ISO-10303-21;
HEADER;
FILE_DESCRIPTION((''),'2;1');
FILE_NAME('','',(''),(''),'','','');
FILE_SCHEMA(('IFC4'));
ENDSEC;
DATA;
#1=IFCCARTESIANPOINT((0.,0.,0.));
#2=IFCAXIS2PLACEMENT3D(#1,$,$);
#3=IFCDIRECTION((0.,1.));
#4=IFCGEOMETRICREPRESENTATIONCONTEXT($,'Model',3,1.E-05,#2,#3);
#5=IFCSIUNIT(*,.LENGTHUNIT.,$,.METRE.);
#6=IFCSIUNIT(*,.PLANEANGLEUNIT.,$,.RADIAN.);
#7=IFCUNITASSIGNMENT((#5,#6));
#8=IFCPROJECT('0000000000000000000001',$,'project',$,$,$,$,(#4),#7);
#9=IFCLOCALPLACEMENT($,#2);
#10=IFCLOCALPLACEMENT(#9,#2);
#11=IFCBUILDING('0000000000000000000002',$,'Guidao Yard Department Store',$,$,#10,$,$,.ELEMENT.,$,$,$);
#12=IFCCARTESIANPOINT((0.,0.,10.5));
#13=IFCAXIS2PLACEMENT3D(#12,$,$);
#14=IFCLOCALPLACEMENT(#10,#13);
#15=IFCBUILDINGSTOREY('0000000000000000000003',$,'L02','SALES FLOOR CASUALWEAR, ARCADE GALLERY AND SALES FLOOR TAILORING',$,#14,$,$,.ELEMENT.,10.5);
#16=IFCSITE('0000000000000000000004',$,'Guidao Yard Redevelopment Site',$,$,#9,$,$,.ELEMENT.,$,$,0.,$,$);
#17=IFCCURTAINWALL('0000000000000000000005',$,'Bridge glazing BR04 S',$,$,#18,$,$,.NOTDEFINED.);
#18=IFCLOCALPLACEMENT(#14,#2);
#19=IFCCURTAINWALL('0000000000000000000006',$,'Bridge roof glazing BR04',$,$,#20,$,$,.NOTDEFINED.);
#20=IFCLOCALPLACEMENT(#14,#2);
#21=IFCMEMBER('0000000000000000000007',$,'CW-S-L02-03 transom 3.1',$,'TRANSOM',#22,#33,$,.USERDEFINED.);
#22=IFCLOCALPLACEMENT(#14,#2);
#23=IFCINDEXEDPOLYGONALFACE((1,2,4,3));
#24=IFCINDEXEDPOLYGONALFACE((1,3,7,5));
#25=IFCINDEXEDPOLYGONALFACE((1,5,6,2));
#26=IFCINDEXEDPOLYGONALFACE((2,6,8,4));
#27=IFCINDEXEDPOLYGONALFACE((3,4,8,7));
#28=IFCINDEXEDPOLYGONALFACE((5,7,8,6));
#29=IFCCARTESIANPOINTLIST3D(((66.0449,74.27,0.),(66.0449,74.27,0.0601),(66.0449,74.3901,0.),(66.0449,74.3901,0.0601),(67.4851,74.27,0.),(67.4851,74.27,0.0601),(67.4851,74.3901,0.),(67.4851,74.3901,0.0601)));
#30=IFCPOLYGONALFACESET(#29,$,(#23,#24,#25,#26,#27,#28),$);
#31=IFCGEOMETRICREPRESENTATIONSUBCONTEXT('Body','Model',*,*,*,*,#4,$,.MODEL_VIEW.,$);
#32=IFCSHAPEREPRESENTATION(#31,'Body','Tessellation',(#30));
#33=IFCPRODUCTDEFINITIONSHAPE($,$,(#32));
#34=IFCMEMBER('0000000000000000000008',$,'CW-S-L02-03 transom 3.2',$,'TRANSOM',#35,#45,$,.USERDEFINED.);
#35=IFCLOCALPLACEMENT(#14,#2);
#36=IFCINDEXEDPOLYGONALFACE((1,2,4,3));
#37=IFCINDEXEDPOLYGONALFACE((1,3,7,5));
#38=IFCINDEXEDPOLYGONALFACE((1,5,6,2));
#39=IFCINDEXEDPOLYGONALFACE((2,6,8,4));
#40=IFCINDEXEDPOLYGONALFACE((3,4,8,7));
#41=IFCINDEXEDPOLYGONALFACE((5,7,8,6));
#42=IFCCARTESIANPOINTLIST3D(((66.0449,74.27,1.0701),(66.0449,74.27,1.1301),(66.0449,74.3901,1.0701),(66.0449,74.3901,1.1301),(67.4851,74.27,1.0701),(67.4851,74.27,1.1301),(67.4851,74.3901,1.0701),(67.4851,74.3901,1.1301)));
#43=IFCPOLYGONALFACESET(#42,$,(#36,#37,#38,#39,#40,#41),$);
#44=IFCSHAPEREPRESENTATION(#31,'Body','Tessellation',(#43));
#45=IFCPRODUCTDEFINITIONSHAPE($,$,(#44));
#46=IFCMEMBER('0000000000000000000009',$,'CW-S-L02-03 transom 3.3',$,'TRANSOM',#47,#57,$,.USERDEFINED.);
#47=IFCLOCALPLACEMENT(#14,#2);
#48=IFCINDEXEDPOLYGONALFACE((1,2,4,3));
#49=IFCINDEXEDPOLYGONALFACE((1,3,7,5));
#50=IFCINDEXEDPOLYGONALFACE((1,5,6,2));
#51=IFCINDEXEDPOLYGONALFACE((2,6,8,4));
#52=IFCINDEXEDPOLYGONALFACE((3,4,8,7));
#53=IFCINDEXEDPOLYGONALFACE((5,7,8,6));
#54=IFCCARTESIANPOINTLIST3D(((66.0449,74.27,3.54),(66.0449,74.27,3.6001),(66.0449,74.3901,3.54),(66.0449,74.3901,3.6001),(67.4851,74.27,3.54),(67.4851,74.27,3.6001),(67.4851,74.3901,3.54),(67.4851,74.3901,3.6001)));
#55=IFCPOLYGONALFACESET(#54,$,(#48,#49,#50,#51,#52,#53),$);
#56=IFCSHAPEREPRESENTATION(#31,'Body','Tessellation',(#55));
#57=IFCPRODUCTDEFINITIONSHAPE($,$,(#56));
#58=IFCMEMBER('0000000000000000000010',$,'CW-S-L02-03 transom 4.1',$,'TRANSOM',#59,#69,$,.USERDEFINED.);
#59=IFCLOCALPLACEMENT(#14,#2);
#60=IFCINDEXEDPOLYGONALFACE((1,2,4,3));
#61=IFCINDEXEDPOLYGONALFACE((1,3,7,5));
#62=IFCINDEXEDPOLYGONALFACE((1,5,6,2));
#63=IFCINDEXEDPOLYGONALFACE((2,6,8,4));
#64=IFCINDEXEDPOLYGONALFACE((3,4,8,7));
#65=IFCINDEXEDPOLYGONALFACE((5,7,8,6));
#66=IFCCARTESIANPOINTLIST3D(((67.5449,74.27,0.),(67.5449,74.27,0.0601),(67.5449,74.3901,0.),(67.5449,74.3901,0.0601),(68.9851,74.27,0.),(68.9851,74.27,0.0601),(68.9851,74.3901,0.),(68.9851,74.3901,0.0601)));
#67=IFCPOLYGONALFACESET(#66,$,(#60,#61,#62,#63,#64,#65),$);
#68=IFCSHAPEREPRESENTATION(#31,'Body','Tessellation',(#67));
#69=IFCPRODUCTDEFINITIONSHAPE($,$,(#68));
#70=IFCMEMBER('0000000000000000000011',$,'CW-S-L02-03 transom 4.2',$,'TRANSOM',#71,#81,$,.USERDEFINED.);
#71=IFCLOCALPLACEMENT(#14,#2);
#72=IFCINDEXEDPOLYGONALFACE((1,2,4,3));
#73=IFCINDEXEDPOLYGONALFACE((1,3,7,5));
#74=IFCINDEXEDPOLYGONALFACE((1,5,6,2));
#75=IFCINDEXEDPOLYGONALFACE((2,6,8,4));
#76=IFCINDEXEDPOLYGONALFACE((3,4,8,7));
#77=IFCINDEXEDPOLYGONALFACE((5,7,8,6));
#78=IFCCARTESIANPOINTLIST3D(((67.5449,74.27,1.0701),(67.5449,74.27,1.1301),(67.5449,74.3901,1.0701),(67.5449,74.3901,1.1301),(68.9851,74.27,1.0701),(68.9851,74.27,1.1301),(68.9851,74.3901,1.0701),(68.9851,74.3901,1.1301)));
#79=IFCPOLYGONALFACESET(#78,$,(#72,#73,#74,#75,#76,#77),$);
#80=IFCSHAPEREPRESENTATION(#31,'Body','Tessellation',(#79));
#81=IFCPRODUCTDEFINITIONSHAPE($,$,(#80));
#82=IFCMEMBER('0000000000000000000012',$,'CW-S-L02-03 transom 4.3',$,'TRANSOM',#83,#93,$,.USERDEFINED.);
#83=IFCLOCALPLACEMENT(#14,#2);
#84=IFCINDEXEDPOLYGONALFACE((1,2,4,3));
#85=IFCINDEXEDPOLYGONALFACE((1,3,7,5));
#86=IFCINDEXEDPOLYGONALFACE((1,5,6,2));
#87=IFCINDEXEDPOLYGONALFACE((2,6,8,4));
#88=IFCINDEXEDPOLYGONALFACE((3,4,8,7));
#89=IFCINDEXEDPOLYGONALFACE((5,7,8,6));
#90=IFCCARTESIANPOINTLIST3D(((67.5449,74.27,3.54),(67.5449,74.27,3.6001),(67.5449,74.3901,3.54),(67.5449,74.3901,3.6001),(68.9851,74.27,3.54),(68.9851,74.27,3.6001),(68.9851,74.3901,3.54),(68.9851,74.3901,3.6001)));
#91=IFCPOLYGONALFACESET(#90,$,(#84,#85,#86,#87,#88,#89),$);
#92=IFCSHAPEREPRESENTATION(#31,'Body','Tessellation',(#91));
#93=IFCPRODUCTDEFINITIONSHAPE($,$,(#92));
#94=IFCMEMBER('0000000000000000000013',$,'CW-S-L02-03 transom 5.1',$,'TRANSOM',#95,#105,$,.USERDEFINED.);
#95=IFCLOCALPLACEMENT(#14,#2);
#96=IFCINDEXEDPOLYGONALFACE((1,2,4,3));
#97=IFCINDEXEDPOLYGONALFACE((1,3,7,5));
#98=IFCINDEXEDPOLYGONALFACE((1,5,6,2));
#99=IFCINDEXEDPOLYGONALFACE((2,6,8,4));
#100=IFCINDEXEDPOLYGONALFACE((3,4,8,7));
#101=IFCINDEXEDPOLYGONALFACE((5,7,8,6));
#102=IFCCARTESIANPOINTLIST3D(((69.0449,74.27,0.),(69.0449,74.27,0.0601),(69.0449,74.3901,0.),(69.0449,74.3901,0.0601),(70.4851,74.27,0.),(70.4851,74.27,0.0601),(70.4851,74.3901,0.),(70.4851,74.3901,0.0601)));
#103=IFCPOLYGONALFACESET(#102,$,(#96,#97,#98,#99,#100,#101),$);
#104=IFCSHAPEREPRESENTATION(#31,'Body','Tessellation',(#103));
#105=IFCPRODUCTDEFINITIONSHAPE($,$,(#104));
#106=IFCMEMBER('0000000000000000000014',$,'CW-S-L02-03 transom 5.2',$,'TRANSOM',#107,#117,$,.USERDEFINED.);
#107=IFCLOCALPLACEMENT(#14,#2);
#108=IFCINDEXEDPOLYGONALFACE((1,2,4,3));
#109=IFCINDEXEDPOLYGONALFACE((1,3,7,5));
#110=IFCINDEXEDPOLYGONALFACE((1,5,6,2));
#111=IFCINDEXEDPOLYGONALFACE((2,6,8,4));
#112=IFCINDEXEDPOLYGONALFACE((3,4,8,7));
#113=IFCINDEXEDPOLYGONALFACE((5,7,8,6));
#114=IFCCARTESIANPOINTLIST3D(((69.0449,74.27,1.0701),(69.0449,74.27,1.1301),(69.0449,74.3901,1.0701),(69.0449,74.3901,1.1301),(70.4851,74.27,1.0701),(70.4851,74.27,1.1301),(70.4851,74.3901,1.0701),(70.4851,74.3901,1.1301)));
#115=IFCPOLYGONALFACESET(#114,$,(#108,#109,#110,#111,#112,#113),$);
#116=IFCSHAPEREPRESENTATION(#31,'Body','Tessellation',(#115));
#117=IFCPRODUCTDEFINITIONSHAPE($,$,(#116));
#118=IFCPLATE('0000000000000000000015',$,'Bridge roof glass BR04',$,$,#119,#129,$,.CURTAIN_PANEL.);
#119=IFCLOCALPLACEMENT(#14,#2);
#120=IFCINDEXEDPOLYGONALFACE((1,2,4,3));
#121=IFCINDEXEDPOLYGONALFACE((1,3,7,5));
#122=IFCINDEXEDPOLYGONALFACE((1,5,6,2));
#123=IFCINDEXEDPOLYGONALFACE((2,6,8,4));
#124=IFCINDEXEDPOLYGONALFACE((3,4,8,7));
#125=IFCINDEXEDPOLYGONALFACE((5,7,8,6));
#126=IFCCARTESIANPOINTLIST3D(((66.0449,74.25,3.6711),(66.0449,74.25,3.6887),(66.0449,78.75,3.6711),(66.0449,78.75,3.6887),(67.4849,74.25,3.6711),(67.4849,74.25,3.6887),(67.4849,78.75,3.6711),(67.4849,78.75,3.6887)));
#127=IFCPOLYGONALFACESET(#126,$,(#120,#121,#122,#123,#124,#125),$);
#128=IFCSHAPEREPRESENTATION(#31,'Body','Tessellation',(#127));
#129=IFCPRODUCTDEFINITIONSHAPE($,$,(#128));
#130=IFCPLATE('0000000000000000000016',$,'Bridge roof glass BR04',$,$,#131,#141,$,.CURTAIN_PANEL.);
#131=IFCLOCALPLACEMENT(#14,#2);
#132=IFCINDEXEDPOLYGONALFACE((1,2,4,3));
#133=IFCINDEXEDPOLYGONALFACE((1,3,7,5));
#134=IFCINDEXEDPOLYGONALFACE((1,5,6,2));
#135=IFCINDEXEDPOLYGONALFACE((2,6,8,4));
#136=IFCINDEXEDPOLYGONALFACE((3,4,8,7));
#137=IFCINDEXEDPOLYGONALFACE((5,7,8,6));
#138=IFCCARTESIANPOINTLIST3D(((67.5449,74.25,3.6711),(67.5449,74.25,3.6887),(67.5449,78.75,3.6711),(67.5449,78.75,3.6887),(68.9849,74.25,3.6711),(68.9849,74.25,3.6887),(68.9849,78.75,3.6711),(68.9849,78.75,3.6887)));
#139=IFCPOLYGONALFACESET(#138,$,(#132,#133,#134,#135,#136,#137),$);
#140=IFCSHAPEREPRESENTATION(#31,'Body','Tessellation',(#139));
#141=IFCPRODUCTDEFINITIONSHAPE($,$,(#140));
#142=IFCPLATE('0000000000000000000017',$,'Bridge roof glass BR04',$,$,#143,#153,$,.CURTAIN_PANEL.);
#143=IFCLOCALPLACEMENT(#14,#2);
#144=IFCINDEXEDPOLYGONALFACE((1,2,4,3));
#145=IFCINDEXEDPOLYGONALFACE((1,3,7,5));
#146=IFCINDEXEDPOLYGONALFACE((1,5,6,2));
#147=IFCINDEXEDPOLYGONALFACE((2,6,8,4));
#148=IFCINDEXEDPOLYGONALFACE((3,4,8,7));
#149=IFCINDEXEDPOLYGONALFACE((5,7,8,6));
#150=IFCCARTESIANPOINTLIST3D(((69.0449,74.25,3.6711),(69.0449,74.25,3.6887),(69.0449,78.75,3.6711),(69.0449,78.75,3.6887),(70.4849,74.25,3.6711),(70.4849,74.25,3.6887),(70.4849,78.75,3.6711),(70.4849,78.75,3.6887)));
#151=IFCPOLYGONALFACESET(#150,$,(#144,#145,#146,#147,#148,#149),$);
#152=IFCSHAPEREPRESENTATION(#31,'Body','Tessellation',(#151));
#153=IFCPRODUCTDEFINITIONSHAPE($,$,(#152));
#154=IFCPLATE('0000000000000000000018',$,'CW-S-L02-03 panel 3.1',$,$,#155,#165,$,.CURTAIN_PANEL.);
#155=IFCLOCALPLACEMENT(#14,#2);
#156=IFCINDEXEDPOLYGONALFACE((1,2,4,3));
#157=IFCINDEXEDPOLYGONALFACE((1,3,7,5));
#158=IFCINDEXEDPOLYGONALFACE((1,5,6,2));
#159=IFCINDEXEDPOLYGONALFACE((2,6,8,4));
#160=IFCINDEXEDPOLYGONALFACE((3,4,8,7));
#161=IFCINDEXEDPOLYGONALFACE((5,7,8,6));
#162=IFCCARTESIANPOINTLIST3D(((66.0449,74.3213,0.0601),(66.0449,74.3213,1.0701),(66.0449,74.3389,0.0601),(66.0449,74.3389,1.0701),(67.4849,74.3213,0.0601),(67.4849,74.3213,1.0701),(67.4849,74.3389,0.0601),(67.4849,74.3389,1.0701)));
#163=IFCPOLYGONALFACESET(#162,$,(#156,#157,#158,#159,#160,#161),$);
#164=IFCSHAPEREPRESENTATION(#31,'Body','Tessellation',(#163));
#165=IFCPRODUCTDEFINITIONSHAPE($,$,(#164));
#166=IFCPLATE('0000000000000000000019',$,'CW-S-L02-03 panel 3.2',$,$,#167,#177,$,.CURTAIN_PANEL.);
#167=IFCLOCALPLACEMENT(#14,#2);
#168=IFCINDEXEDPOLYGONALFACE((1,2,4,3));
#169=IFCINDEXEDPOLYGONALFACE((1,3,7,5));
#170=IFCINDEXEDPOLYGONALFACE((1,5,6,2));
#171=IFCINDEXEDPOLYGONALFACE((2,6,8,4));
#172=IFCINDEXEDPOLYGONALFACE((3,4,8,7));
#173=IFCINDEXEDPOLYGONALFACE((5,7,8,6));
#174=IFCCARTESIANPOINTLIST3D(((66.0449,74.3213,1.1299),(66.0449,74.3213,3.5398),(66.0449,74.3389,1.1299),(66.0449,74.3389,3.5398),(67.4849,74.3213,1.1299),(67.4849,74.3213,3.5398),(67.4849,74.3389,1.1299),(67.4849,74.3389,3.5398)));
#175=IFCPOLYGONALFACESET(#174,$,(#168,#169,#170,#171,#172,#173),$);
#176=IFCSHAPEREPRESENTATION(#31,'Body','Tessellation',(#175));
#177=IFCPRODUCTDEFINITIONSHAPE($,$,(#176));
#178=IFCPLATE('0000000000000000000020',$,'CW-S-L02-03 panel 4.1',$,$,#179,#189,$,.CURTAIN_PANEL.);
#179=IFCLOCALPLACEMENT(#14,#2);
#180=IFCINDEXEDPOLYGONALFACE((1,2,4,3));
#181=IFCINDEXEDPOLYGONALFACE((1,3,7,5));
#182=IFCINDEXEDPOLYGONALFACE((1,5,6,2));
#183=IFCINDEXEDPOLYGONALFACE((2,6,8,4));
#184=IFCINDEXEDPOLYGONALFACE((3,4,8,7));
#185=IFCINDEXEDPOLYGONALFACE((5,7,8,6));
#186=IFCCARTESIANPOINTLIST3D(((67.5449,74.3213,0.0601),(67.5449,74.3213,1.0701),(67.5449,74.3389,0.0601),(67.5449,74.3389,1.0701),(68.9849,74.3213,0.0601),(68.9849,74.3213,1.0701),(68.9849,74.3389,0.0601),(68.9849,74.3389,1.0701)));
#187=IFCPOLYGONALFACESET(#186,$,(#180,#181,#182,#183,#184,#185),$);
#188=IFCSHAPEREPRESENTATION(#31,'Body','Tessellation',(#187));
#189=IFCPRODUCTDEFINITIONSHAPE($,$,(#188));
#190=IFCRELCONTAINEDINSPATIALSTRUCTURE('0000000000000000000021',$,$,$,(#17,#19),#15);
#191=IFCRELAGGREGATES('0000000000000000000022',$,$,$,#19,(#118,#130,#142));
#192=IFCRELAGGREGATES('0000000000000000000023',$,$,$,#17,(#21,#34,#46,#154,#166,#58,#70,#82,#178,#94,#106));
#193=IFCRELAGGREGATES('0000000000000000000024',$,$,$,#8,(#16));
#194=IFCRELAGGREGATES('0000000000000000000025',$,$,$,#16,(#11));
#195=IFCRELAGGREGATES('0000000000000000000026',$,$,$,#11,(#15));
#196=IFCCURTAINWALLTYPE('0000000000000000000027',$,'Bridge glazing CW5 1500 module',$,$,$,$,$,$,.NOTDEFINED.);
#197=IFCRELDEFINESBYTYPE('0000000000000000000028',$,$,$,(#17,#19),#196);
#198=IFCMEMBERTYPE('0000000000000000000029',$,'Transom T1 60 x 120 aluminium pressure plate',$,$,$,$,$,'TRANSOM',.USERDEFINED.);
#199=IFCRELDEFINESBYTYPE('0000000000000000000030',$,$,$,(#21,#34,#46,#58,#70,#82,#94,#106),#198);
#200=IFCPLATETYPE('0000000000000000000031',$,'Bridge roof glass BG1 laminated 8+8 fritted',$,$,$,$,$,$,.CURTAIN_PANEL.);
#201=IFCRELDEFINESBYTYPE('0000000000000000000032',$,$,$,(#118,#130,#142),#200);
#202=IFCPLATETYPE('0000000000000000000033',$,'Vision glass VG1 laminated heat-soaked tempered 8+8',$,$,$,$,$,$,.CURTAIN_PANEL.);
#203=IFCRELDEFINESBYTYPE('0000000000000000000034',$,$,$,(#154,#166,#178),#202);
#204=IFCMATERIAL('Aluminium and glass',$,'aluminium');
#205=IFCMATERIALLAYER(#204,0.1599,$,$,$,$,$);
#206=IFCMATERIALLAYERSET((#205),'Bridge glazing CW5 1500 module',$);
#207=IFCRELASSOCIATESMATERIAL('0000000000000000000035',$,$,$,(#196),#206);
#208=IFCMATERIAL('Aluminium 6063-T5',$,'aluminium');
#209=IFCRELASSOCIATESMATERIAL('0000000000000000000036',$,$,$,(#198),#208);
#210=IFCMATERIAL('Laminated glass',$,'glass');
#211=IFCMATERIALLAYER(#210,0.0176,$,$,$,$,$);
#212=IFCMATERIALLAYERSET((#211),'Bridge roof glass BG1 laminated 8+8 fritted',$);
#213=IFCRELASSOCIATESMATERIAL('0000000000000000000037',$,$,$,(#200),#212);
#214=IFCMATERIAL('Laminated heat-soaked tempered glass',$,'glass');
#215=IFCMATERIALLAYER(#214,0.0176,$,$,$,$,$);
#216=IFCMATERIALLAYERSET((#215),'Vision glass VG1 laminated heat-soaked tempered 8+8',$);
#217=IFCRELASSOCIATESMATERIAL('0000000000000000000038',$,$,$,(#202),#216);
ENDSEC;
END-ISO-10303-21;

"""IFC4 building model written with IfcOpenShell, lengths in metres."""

from ifc_helpers import new_model, si_unit, direction, frame, origin, origin_2d, place, context, subcontext, project, spatial, rectangle, extrude, material, layer, layer_set, material_profile, profile_set, type_object, element, aggregate, save


model = new_model("IFC4")

# Units and contexts
model_context = context("Model", 3, precision=1e-05, world=origin(), true_north=direction((0.0, 1.0)))
body_context = subcontext(model_context, "Body", "Model", "MODEL_VIEW")
ifc_project = project(units=[si_unit("LENGTHUNIT", "METRE"), si_unit("PLANEANGLEUNIT", "RADIAN")], contexts=[model_context])

# Site, building, storey
site_placement = place(None, origin())
site = spatial("IfcSite", under=ifc_project, at=site_placement, Name="Guidao Yard Redevelopment Site", CompositionType="ELEMENT", RefElevation=0.0)
building_placement = place(site_placement, origin())
building = spatial("IfcBuilding", under=site, at=building_placement, Name="Guidao Yard Department Store", CompositionType="ELEMENT")
storey_placement = place(building_placement, frame((0.0, 0.0, 10.5)))
storey = spatial("IfcBuildingStorey", under=building, at=storey_placement, Name="L02", Description="SALES FLOOR CASUALWEAR, ARCADE GALLERY AND SALES FLOOR TAILORING", CompositionType="ELEMENT", Elevation=10.5)

# Curtain walls
ifc_material_1 = material(Name="Aluminium and glass", Category="aluminium")
ifc_layer_1 = layer(ifc_material_1, 0.1599)
ifc_layer_set_1 = layer_set([ifc_layer_1], Name="Bridge glazing CW5 1500 module")
curtain_wall_type = type_object("IfcCurtainWallType", Name="Bridge glazing CW5 1500 module", PredefinedType="NOTDEFINED", material=ifc_layer_set_1)
curtain_wall_1_placement = place(storey_placement, origin())
curtain_wall_1 = element("IfcCurtainWall", 1, at=curtain_wall_1_placement, inside=storey, type_object=curtain_wall_type, Name="Bridge glazing BR04 S", PredefinedType="NOTDEFINED")
curtain_wall_2_placement = place(storey_placement, origin())
curtain_wall_2 = element("IfcCurtainWall", 2, at=curtain_wall_2_placement, inside=storey, type_object=curtain_wall_type, Name="Bridge roof glazing BR04", PredefinedType="NOTDEFINED")

# Members
ifc_material_2 = material(Name="Aluminium 6063-T5", Category="aluminium")
ifc_material_profile_1 = material_profile(ifc_material_2, rectangle(XDim=0.1201, YDim=0.0601, at=origin_2d()), Name="Transom T1 60 x 120 aluminium pressure plate")
ifc_profile_set_1 = profile_set([ifc_material_profile_1], Name="Aluminium 6063-T5")
member_type_1 = type_object("IfcMemberType", Name="Transom T1 60 x 120 aluminium pressure plate", ElementType="TRANSOM", PredefinedType="USERDEFINED", material=ifc_profile_set_1)
member_1_placement = place(storey_placement, frame((67.4851, 74.3301, 0.03), z_axis=(-1.0, 0.0, 0.0), x_axis=(0.0, -1.0, 0.0)))
member_1 = element("IfcMember", 3, at=member_1_placement, type_object=member_type_1, Name="CW-S-L02-03 transom 3.1", ObjectType="TRANSOM", PredefinedType="USERDEFINED", context=body_context, shape_type="SweptSolid", body=[
    extrude(rectangle(XDim=0.1201, YDim=0.0601, at=origin_2d()), origin(), (0.0, 0.0, 1.0), 1.4402),
])
member_2_placement = place(storey_placement, frame((67.4851, 74.3301, 1.1001), z_axis=(-1.0, 0.0, 0.0), x_axis=(0.0, -1.0, 0.0)))
member_2 = element("IfcMember", 4, at=member_2_placement, type_object=member_type_1, Name="CW-S-L02-03 transom 3.2", ObjectType="TRANSOM", PredefinedType="USERDEFINED", context=body_context, shape_type="SweptSolid", body=[
    extrude(rectangle(XDim=0.1201, YDim=0.0601, at=origin_2d()), origin(), (0.0, 0.0, 1.0), 1.4402),
])
member_3_placement = place(storey_placement, frame((67.4851, 74.3301, 3.5701), z_axis=(-1.0, 0.0, 0.0), x_axis=(0.0, -1.0, 0.0)))
member_3 = element("IfcMember", 5, at=member_3_placement, type_object=member_type_1, Name="CW-S-L02-03 transom 3.3", ObjectType="TRANSOM", PredefinedType="USERDEFINED", context=body_context, shape_type="SweptSolid", body=[
    extrude(rectangle(XDim=0.1201, YDim=0.0601, at=origin_2d()), origin(), (0.0, 0.0, 1.0), 1.4402),
])
member_4_placement = place(storey_placement, frame((68.9851, 74.3301, 0.03), z_axis=(-1.0, 0.0, 0.0), x_axis=(0.0, -1.0, 0.0)))
member_4 = element("IfcMember", 6, at=member_4_placement, type_object=member_type_1, Name="CW-S-L02-03 transom 4.1", ObjectType="TRANSOM", PredefinedType="USERDEFINED", context=body_context, shape_type="SweptSolid", body=[
    extrude(rectangle(XDim=0.1201, YDim=0.0601, at=origin_2d()), origin(), (0.0, 0.0, 1.0), 1.4402),
])
member_5_placement = place(storey_placement, frame((68.9851, 74.3301, 1.1001), z_axis=(-1.0, 0.0, 0.0), x_axis=(0.0, -1.0, 0.0)))
member_5 = element("IfcMember", 7, at=member_5_placement, type_object=member_type_1, Name="CW-S-L02-03 transom 4.2", ObjectType="TRANSOM", PredefinedType="USERDEFINED", context=body_context, shape_type="SweptSolid", body=[
    extrude(rectangle(XDim=0.1201, YDim=0.0601, at=origin_2d()), origin(), (0.0, 0.0, 1.0), 1.4402),
])
member_6_placement = place(storey_placement, frame((68.9851, 74.3301, 3.5701), z_axis=(-1.0, 0.0, 0.0), x_axis=(0.0, -1.0, 0.0)))
member_6 = element("IfcMember", 8, at=member_6_placement, type_object=member_type_1, Name="CW-S-L02-03 transom 4.3", ObjectType="TRANSOM", PredefinedType="USERDEFINED", context=body_context, shape_type="SweptSolid", body=[
    extrude(rectangle(XDim=0.1201, YDim=0.0601, at=origin_2d()), origin(), (0.0, 0.0, 1.0), 1.4402),
])
member_7_placement = place(storey_placement, frame((70.4851, 74.3301, 0.03), z_axis=(-1.0, 0.0, 0.0), x_axis=(0.0, -1.0, 0.0)))
member_7 = element("IfcMember", 9, at=member_7_placement, type_object=member_type_1, Name="CW-S-L02-03 transom 5.1", ObjectType="TRANSOM", PredefinedType="USERDEFINED", context=body_context, shape_type="SweptSolid", body=[
    extrude(rectangle(XDim=0.1201, YDim=0.0601, at=origin_2d()), origin(), (0.0, 0.0, 1.0), 1.4402),
])
member_8_placement = place(storey_placement, frame((70.4851, 74.3301, 1.1001), z_axis=(-1.0, 0.0, 0.0), x_axis=(0.0, -1.0, 0.0)))
member_8 = element("IfcMember", 10, at=member_8_placement, type_object=member_type_1, Name="CW-S-L02-03 transom 5.2", ObjectType="TRANSOM", PredefinedType="USERDEFINED", context=body_context, shape_type="SweptSolid", body=[
    extrude(rectangle(XDim=0.1201, YDim=0.0601, at=origin_2d()), origin(), (0.0, 0.0, 1.0), 1.4402),
])

# Plates
ifc_material_3 = material(Name="Laminated glass", Category="glass")
ifc_layer_2 = layer(ifc_material_3, 0.0176)
ifc_layer_set_2 = layer_set([ifc_layer_2], Name="Bridge roof glass BG1 laminated 8+8 fritted")
plate_type_1 = type_object("IfcPlateType", Name="Bridge roof glass BG1 laminated 8+8 fritted", PredefinedType="CURTAIN_PANEL", material=ifc_layer_set_2)
plate_1_placement = place(storey_placement, frame((66.7649, 76.5, 3.6711), z_axis=(0.0, 0.0, 1.0), x_axis=(1.0, 0.0, 0.0)))
plate_1 = element("IfcPlate", 11, at=plate_1_placement, type_object=plate_type_1, Name="Bridge roof glass BR04", PredefinedType="CURTAIN_PANEL", context=body_context, shape_type="SweptSolid", body=[
    extrude(rectangle(XDim=1.4399, YDim=4.5, at=origin_2d()), origin(), (0.0, 0.0, 1.0), 0.0176),
])
plate_2_placement = place(storey_placement, frame((68.2649, 76.5, 3.6711), z_axis=(0.0, 0.0, 1.0), x_axis=(1.0, 0.0, 0.0)))
plate_2 = element("IfcPlate", 12, at=plate_2_placement, type_object=plate_type_1, Name="Bridge roof glass BR04", PredefinedType="CURTAIN_PANEL", context=body_context, shape_type="SweptSolid", body=[
    extrude(rectangle(XDim=1.4399, YDim=4.5, at=origin_2d()), origin(), (0.0, 0.0, 1.0), 0.0176),
])
plate_3_placement = place(storey_placement, frame((69.7649, 76.5, 3.6711), z_axis=(0.0, 0.0, 1.0), x_axis=(1.0, 0.0, 0.0)))
plate_3 = element("IfcPlate", 13, at=plate_3_placement, type_object=plate_type_1, Name="Bridge roof glass BR04", PredefinedType="CURTAIN_PANEL", context=body_context, shape_type="SweptSolid", body=[
    extrude(rectangle(XDim=1.4399, YDim=4.5, at=origin_2d()), origin(), (0.0, 0.0, 1.0), 0.0176),
])
aggregate(curtain_wall_2, [plate_1, plate_2, plate_3])
ifc_material_4 = material(Name="Laminated heat-soaked tempered glass", Category="glass")
ifc_layer_3 = layer(ifc_material_4, 0.0176)
ifc_layer_set_3 = layer_set([ifc_layer_3], Name="Vision glass VG1 laminated heat-soaked tempered 8+8")
plate_type_2 = type_object("IfcPlateType", Name="Vision glass VG1 laminated heat-soaked tempered 8+8", PredefinedType="CURTAIN_PANEL", material=ifc_layer_set_3)
plate_4_placement = place(storey_placement, frame((66.7649, 74.3301, 0.0601), z_axis=(0.0, 0.0, 1.0), x_axis=(-1.0, 0.0, 0.0)))
plate_4 = element("IfcPlate", 14, at=plate_4_placement, type_object=plate_type_2, Name="CW-S-L02-03 panel 3.1", PredefinedType="CURTAIN_PANEL", context=body_context, shape_type="SweptSolid", body=[
    extrude(rectangle(XDim=1.4399, YDim=0.0176, at=origin_2d()), origin(), (0.0, 0.0, 1.0), 1.01),
])
plate_5_placement = place(storey_placement, frame((66.7649, 74.3301, 1.1299), z_axis=(0.0, 0.0, 1.0), x_axis=(-1.0, 0.0, 0.0)))
plate_5 = element("IfcPlate", 15, at=plate_5_placement, type_object=plate_type_2, Name="CW-S-L02-03 panel 3.2", PredefinedType="CURTAIN_PANEL", context=body_context, shape_type="SweptSolid", body=[
    extrude(rectangle(XDim=1.4399, YDim=0.0176, at=origin_2d()), origin(), (0.0, 0.0, 1.0), 2.4099),
])
plate_6_placement = place(storey_placement, frame((68.2649, 74.3301, 0.0601), z_axis=(0.0, 0.0, 1.0), x_axis=(-1.0, 0.0, 0.0)))
plate_6 = element("IfcPlate", 16, at=plate_6_placement, type_object=plate_type_2, Name="CW-S-L02-03 panel 4.1", PredefinedType="CURTAIN_PANEL", context=body_context, shape_type="SweptSolid", body=[
    extrude(rectangle(XDim=1.4399, YDim=0.0176, at=origin_2d()), origin(), (0.0, 0.0, 1.0), 1.01),
])
aggregate(curtain_wall_1, [member_1, member_2, member_3, plate_4, plate_5, member_4, member_5, member_6, plate_6, member_7, member_8])

save(model, "model.ifc")
